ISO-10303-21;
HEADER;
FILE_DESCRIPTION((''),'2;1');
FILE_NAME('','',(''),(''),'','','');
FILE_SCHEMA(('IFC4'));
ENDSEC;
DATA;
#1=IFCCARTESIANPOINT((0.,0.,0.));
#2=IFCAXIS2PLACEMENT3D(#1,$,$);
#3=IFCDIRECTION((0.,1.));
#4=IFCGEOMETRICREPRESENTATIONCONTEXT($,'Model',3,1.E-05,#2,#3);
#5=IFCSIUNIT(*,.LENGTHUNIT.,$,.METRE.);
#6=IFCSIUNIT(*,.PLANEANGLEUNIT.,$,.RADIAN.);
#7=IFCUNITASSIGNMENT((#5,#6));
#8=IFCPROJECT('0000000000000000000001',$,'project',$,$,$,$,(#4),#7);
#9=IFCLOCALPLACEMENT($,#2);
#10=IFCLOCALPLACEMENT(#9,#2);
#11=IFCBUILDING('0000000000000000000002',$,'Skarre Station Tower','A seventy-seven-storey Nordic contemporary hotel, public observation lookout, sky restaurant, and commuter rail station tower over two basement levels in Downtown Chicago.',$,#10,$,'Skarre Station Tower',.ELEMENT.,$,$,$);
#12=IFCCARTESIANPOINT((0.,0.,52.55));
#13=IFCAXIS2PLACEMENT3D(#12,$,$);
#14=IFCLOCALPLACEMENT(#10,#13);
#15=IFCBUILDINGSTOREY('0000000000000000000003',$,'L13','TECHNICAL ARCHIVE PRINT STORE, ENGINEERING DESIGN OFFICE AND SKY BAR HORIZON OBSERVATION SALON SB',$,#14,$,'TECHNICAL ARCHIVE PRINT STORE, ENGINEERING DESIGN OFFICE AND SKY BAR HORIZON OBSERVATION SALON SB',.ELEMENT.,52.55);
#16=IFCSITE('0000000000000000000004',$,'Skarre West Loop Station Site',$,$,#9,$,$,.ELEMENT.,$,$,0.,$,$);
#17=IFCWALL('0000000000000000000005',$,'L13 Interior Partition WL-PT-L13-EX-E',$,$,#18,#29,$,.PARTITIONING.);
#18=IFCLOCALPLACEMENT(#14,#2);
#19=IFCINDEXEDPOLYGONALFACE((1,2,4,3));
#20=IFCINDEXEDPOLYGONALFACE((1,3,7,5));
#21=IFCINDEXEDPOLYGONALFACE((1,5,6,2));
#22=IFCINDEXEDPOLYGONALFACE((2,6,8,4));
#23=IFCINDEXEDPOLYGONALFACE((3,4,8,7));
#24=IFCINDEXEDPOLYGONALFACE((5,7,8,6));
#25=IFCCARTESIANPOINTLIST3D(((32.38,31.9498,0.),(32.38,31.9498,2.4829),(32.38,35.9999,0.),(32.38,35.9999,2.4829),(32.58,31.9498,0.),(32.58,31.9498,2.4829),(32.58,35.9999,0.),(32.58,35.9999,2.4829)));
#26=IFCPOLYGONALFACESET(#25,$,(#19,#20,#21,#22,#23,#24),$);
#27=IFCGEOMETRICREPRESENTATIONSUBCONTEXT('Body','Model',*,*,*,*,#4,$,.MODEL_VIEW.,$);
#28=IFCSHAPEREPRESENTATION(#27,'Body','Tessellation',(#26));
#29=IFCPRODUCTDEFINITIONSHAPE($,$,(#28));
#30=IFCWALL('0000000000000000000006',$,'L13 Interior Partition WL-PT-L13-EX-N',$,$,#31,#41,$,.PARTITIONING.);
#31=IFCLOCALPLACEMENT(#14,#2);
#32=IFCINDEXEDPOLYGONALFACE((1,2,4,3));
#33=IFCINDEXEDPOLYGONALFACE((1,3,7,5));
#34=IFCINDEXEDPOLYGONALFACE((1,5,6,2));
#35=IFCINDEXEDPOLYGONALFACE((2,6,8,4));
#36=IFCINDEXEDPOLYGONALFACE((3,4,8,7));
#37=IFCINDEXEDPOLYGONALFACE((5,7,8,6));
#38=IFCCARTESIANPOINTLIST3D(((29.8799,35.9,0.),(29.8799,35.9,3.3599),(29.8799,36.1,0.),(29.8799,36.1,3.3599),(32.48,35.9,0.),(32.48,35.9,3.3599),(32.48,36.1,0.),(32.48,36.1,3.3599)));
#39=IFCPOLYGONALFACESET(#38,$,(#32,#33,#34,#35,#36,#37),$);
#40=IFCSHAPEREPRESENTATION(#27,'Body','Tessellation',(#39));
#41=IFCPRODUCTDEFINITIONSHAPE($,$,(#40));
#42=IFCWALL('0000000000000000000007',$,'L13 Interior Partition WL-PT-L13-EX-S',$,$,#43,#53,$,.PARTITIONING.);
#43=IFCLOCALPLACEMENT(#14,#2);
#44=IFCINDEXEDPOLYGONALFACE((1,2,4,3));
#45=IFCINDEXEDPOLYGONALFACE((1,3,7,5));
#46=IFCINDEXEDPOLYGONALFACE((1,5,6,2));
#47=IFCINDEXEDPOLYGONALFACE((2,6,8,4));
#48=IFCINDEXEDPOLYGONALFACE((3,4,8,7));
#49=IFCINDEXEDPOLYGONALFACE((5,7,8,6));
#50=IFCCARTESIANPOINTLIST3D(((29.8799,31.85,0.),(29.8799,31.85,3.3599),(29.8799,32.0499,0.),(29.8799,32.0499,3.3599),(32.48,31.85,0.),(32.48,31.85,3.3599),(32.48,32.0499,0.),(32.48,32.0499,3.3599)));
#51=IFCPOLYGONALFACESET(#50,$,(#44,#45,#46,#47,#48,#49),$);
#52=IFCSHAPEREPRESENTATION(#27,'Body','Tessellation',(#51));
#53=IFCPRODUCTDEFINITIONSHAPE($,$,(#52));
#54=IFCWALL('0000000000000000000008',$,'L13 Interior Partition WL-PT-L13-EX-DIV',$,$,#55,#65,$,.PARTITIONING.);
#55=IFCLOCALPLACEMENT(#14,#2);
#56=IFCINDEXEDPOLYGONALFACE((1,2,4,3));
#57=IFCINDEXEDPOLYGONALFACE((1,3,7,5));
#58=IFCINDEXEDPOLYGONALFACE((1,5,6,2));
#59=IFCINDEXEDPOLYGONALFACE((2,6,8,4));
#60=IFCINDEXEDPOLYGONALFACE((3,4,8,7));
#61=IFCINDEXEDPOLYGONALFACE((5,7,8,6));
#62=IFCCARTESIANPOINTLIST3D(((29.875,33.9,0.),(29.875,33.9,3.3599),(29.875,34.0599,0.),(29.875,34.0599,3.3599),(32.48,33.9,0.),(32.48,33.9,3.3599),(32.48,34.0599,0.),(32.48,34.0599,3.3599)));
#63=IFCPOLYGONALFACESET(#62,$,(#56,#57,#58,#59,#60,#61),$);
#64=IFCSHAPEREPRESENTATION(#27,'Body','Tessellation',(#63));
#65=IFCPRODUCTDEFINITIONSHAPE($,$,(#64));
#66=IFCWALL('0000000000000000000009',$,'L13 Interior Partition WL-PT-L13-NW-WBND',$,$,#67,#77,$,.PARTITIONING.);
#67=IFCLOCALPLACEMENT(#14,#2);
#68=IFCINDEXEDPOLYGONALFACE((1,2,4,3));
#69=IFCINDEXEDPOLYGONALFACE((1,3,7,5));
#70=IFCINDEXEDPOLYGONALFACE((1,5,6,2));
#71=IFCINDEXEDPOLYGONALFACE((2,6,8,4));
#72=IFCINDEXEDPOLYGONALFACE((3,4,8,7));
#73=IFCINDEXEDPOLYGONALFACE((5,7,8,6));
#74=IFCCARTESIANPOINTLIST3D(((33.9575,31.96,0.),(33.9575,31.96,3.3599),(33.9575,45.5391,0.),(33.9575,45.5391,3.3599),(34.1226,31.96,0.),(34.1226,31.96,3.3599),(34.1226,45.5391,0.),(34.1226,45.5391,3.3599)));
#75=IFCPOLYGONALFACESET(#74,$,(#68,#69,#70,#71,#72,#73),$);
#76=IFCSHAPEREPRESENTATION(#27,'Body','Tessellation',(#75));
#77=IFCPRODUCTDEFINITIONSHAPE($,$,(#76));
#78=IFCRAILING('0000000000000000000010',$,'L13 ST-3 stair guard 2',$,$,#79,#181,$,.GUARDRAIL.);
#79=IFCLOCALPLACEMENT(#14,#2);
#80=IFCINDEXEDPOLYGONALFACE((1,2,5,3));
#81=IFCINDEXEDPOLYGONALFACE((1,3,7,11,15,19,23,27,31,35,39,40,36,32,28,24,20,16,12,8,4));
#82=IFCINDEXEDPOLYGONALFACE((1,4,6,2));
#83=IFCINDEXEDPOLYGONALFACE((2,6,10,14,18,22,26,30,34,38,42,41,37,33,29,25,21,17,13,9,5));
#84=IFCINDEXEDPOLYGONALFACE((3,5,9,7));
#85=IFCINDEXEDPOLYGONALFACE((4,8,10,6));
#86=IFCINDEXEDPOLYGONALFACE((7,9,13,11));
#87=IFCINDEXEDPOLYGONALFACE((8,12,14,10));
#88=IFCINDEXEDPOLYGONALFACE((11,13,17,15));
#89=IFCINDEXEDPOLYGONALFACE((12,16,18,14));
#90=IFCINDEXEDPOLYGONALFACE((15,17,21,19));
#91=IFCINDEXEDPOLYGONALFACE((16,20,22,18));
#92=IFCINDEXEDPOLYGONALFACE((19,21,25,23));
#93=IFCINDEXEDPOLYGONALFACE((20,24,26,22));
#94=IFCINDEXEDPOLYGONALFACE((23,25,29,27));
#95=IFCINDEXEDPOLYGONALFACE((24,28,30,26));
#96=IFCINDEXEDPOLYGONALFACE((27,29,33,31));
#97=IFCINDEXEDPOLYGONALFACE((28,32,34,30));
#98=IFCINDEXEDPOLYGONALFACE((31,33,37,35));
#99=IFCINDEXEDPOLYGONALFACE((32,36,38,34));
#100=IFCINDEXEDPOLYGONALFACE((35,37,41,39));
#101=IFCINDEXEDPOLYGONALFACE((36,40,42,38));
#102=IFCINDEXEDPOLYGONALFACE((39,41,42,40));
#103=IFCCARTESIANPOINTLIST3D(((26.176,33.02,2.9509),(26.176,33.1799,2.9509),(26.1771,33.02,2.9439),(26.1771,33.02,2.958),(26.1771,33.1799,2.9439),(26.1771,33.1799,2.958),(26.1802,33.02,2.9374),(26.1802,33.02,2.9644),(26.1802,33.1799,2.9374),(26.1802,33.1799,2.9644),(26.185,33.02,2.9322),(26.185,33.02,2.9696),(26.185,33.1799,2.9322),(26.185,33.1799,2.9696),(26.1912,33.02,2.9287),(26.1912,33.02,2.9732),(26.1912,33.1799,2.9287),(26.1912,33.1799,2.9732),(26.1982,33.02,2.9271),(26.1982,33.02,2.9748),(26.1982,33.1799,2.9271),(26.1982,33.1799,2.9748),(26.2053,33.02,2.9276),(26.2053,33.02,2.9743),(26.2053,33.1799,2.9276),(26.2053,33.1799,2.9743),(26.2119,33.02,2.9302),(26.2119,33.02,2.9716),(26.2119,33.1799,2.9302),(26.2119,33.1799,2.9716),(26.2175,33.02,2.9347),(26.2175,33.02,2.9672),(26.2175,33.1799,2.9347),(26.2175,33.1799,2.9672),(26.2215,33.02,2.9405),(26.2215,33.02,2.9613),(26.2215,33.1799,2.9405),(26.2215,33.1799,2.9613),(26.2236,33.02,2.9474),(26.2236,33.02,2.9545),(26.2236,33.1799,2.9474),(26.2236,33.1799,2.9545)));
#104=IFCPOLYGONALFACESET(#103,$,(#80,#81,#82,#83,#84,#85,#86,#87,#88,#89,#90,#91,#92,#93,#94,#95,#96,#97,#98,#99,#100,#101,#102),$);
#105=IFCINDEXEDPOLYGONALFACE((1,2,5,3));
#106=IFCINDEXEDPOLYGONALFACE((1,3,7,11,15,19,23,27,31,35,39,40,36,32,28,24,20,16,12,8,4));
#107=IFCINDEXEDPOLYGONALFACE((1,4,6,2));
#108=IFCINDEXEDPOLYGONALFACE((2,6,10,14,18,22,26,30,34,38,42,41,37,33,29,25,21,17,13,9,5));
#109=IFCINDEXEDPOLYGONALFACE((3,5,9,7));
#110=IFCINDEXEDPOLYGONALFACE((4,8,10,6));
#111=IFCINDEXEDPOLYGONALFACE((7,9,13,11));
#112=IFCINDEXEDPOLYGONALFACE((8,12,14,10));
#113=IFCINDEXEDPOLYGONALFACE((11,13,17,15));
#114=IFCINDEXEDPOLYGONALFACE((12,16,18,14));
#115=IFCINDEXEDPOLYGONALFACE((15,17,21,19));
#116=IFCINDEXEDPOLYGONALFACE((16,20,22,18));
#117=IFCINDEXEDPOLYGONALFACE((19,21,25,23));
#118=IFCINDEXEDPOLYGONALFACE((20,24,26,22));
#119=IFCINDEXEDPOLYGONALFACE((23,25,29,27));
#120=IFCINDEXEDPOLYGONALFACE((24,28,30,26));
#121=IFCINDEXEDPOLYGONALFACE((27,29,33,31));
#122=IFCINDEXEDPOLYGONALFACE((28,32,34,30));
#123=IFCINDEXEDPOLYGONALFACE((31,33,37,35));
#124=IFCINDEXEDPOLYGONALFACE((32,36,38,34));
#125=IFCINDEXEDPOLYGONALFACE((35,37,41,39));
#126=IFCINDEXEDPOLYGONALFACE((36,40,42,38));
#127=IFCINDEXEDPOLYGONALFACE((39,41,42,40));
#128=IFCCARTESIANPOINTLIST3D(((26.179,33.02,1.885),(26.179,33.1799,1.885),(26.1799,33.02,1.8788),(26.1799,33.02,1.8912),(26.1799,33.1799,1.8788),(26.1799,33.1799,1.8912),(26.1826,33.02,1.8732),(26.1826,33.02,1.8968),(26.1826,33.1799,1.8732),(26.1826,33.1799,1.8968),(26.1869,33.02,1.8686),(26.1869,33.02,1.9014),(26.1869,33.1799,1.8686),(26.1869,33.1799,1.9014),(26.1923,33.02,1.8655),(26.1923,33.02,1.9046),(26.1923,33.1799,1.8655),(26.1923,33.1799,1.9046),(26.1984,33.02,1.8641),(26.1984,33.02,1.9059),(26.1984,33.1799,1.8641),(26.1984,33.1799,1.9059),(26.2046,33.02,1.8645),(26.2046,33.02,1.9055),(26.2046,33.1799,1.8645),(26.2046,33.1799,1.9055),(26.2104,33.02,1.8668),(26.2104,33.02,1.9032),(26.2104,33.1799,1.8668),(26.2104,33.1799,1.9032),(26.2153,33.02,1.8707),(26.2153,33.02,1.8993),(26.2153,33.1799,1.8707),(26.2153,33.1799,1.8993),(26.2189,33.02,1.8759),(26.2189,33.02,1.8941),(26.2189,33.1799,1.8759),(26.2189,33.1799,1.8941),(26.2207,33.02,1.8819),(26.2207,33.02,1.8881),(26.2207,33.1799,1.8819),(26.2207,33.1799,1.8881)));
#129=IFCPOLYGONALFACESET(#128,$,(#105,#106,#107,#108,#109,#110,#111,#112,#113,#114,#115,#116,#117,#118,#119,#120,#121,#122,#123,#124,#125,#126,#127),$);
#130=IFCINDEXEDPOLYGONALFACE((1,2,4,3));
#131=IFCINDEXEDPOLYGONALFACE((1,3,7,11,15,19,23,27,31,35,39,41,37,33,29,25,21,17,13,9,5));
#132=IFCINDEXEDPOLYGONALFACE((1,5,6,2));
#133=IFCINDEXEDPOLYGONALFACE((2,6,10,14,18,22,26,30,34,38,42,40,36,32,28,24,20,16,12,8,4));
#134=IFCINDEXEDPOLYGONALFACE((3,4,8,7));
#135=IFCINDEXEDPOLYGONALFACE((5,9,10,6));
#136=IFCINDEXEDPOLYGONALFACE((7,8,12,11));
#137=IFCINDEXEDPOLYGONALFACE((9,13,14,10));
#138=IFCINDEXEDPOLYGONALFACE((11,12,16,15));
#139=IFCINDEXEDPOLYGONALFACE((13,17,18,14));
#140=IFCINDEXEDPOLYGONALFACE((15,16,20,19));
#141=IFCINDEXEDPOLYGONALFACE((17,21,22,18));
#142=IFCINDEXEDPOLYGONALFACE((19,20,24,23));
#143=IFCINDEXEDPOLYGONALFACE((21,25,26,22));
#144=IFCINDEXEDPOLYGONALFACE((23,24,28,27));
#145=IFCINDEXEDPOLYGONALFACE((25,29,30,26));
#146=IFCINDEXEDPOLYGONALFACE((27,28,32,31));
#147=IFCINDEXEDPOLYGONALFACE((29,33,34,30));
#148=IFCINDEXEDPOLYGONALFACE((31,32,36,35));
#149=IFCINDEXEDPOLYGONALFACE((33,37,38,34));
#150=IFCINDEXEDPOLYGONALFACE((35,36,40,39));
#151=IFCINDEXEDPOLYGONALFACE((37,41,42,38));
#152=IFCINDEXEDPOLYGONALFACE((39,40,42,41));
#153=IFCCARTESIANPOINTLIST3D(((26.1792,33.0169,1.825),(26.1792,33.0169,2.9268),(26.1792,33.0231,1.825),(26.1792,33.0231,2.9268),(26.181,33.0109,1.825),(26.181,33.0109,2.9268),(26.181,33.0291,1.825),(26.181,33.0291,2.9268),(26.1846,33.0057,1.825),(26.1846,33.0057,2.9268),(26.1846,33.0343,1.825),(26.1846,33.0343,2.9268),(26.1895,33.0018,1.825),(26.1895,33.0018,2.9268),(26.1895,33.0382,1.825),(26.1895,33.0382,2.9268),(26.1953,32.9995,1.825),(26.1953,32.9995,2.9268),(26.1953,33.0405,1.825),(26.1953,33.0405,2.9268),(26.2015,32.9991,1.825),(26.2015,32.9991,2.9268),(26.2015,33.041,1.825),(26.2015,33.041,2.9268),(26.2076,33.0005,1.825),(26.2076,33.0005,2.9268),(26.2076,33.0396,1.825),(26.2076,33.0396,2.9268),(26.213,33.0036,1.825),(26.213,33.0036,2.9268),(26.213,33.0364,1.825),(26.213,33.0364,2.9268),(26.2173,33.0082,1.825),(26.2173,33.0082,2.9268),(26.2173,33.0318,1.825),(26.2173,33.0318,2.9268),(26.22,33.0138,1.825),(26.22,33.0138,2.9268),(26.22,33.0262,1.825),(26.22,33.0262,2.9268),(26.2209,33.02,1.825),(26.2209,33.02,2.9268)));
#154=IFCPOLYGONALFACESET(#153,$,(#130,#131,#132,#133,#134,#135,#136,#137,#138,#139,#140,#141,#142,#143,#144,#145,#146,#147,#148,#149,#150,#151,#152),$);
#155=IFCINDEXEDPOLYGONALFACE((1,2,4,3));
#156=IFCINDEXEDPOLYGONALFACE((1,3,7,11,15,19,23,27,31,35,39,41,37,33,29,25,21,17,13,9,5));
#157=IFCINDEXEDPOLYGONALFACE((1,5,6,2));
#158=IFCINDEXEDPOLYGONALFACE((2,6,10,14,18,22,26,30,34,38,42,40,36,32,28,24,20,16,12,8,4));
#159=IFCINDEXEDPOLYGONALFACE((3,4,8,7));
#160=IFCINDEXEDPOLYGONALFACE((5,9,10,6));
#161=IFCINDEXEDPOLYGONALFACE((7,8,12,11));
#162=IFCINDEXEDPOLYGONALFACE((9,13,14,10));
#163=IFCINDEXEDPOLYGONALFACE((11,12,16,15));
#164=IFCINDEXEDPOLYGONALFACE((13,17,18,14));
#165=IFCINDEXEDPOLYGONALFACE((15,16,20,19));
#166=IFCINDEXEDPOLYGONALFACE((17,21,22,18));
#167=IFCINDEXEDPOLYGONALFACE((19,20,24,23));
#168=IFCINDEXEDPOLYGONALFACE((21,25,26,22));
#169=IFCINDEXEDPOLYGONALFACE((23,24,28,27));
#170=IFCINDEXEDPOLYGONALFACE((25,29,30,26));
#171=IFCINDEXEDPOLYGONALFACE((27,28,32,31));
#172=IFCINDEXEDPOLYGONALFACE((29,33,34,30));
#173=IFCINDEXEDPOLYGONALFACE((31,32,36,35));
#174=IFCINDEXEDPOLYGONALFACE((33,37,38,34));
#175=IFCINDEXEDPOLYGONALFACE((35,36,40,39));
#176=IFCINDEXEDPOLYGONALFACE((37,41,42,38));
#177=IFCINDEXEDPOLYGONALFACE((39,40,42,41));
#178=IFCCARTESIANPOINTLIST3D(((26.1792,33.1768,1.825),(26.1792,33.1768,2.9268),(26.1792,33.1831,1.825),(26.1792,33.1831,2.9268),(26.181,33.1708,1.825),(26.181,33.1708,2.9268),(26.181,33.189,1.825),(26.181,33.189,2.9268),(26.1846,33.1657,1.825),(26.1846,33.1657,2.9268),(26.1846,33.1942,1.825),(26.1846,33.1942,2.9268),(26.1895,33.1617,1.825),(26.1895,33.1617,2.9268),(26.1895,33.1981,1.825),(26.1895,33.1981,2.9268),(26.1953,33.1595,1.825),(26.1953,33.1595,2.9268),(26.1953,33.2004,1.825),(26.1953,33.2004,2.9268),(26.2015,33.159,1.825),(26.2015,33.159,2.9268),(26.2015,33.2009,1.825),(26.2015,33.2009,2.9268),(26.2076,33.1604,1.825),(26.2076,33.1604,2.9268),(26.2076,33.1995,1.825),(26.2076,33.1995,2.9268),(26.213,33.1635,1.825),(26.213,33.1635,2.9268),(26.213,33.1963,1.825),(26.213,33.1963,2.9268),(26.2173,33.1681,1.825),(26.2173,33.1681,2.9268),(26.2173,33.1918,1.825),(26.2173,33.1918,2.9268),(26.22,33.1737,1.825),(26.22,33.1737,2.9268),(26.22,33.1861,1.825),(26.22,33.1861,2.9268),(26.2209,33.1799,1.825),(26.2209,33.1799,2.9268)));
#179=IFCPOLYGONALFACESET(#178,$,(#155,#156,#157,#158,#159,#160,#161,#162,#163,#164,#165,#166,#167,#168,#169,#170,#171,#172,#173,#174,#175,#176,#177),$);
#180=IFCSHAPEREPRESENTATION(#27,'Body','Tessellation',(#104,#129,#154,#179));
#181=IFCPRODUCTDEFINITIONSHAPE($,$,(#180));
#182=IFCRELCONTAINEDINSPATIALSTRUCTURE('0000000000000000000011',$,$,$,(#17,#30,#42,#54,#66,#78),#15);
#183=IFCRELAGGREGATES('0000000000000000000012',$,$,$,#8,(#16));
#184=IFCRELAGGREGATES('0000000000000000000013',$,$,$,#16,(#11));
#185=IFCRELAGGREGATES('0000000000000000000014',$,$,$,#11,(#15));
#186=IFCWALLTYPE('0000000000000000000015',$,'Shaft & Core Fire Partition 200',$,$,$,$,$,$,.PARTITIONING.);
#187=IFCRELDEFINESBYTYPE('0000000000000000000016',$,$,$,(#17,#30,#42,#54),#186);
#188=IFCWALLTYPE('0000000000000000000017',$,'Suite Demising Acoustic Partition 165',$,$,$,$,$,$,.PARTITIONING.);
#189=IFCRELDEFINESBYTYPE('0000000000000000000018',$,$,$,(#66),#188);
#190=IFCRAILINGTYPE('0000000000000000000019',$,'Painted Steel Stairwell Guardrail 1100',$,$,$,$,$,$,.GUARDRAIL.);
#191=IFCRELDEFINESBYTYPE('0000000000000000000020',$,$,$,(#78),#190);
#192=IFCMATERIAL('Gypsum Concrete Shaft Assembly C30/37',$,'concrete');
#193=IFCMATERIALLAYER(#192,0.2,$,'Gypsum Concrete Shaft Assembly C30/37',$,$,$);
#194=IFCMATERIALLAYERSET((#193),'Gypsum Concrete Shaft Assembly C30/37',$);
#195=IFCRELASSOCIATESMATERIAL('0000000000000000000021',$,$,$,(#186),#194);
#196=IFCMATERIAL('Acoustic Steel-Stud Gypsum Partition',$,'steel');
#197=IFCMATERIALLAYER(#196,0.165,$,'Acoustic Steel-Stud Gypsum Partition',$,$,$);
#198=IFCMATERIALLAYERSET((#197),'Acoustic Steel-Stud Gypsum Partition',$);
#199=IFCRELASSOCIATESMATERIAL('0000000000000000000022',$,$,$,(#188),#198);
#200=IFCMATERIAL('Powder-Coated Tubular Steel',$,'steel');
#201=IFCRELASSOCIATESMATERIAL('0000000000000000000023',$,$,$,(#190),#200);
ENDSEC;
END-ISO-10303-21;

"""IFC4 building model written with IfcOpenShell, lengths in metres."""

from ifc_helpers import new_model, si_unit, direction, frame, frame_2d, origin, origin_2d, place, context, subcontext, project, spatial, rectangle, circle, extrude, material, layer, layer_set, type_object, element, save


model = new_model("IFC4")

# Units and contexts
model_context = context("Model", 3, precision=1e-05, world=origin(), true_north=direction((0.0, 1.0)))
body_context = subcontext(model_context, "Body", "Model", "MODEL_VIEW")
ifc_project = project(units=[si_unit("LENGTHUNIT", "METRE"), si_unit("PLANEANGLEUNIT", "RADIAN")], contexts=[model_context])

# Site, building, storey
site_placement = place(None, origin())
site = spatial("IfcSite", under=ifc_project, at=site_placement, Name="Skarre West Loop Station Site", CompositionType="ELEMENT", RefElevation=0.0)
building_placement = place(site_placement, origin())
building = spatial("IfcBuilding", under=site, at=building_placement, Name="Skarre Station Tower", Description="A seventy-seven-storey Nordic contemporary hotel, public observation lookout, sky restaurant, and commuter rail station tower over two basement levels in Downtown Chicago.", LongName="Skarre Station Tower", CompositionType="ELEMENT")
storey_placement = place(building_placement, frame((0.0, 0.0, 52.55)))
storey = spatial("IfcBuildingStorey", under=building, at=storey_placement, Name="L13", Description="TECHNICAL ARCHIVE PRINT STORE, ENGINEERING DESIGN OFFICE AND SKY BAR HORIZON OBSERVATION SALON SB", LongName="TECHNICAL ARCHIVE PRINT STORE, ENGINEERING DESIGN OFFICE AND SKY BAR HORIZON OBSERVATION SALON SB", CompositionType="ELEMENT", Elevation=52.55)

# Shared definitions
ifc_material_1 = material(Name="Acoustic Steel-Stud Gypsum Partition", Category="steel")

# Walls
ifc_material_2 = material(Name="Gypsum Concrete Shaft Assembly C30/37", Category="concrete")
ifc_layer_1 = layer(ifc_material_2, 0.2, Name="Gypsum Concrete Shaft Assembly C30/37")
ifc_layer_set_1 = layer_set([ifc_layer_1], Name="Gypsum Concrete Shaft Assembly C30/37")
wall_type_1 = type_object("IfcWallType", Name="Shaft & Core Fire Partition 200", PredefinedType="PARTITIONING", material=ifc_layer_set_1)
wall_1_placement = place(storey_placement, frame((32.48, 31.95, 0.0), z_axis=(0.0, 0.0, 1.0), x_axis=(0.0, 1.0, 0.0)))
element("IfcWall", 1, at=wall_1_placement, inside=storey, type_object=wall_type_1, Name="L13 Interior Partition WL-PT-L13-EX-E", PredefinedType="PARTITIONING", context=body_context, shape_type="SweptSolid", body=[
    extrude(rectangle(XDim=4.05, YDim=0.2, at=frame_2d((2.0249, 0.0))), origin(), (0.0, 0.0, 1.0), 2.4829),
])
for number, where, z_axis, x_axis, name in (
    (2, (29.8799, 36.0, 0.0), (0.0, 0.0, 1.0), (1.0, 0.0, 0.0), "L13 Interior Partition WL-PT-L13-EX-N"),
    (3, (32.48, 31.95, 0.0), (0.0, 0.0, 1.0), (-1.0, 0.0, 0.0), "L13 Interior Partition WL-PT-L13-EX-S"),
):
    element("IfcWall", number, at=place(storey_placement, frame(where, z_axis=z_axis, x_axis=x_axis)), inside=storey, type_object=wall_type_1, Name=name, PredefinedType="PARTITIONING", context=body_context, shape_type="SweptSolid", body=[
        extrude(rectangle(XDim=2.6001, YDim=0.2, at=frame_2d((1.3, 0.0))), origin(), (0.0, 0.0, 1.0), 3.3599),
    ])
wall_2_placement = place(storey_placement, frame((29.875, 33.98, 0.0), z_axis=(0.0, 0.0, 1.0), x_axis=(1.0, 0.0, 0.0)))
element("IfcWall", 4, at=wall_2_placement, inside=storey, type_object=wall_type_1, Name="L13 Interior Partition WL-PT-L13-EX-DIV", PredefinedType="PARTITIONING", context=body_context, shape_type="SweptSolid", body=[
    extrude(rectangle(XDim=2.605, YDim=0.1599, at=frame_2d((1.3025, 0.0))), origin(), (0.0, 0.0, 1.0), 3.3599),
])
ifc_layer_2 = layer(ifc_material_1, 0.165, Name="Acoustic Steel-Stud Gypsum Partition")
ifc_layer_set_2 = layer_set([ifc_layer_2], Name="Acoustic Steel-Stud Gypsum Partition")
wall_type_2 = type_object("IfcWallType", Name="Suite Demising Acoustic Partition 165", PredefinedType="PARTITIONING", material=ifc_layer_set_2)
wall_3_placement = place(storey_placement, frame((34.04, 31.96, 0.0), z_axis=(0.0, 0.0, 1.0), x_axis=(0.0, 1.0, 0.0)))
element("IfcWall", 5, at=wall_3_placement, inside=storey, type_object=wall_type_2, Name="L13 Interior Partition WL-PT-L13-NW-WBND", PredefinedType="PARTITIONING", context=body_context, shape_type="SweptSolid", body=[
    extrude(rectangle(XDim=13.5791, YDim=0.165, at=frame_2d((6.7896, 0.0))), origin(), (0.0, 0.0, 1.0), 3.3599),
])

# Railing
ifc_material_3 = material(Name="Powder-Coated Tubular Steel", Category="steel")
railing_type = type_object("IfcRailingType", Name="Painted Steel Stairwell Guardrail 1100", PredefinedType="GUARDRAIL", material=ifc_material_3)
railing_placement = place(storey_placement, frame((26.2, 33.02, 1.825)))
element("IfcRailing", 6, at=railing_placement, inside=storey, type_object=railing_type, Name="L13 ST-3 stair guard 2", PredefinedType="GUARDRAIL", context=body_context, shape_type="SweptSolid", body=[
    extrude(circle(Radius=0.0239, at=origin_2d()), frame((0.0, 0.0, 1.126), z_axis=(0.0, 1.0, 0.0), x_axis=(-1.0, 0.0, 0.0)), (0.0, 0.0, 1.0), 0.1599),
    extrude(circle(Radius=0.021, at=origin_2d()), frame((0.0, 0.0, 0.0601), z_axis=(0.0, 1.0, 0.0), x_axis=(-1.0, 0.0, 0.0)), (0.0, 0.0, 1.0), 0.1599),
    extrude(circle(Radius=0.021, at=origin_2d()), origin(), (0.0, 0.0, 1.0), 1.1018),
    extrude(circle(Radius=0.021, at=origin_2d()), frame((0.0, 0.1599, 0.0)), (0.0, 0.0, 1.0), 1.1018),
])

save(model, "model.ifc")
